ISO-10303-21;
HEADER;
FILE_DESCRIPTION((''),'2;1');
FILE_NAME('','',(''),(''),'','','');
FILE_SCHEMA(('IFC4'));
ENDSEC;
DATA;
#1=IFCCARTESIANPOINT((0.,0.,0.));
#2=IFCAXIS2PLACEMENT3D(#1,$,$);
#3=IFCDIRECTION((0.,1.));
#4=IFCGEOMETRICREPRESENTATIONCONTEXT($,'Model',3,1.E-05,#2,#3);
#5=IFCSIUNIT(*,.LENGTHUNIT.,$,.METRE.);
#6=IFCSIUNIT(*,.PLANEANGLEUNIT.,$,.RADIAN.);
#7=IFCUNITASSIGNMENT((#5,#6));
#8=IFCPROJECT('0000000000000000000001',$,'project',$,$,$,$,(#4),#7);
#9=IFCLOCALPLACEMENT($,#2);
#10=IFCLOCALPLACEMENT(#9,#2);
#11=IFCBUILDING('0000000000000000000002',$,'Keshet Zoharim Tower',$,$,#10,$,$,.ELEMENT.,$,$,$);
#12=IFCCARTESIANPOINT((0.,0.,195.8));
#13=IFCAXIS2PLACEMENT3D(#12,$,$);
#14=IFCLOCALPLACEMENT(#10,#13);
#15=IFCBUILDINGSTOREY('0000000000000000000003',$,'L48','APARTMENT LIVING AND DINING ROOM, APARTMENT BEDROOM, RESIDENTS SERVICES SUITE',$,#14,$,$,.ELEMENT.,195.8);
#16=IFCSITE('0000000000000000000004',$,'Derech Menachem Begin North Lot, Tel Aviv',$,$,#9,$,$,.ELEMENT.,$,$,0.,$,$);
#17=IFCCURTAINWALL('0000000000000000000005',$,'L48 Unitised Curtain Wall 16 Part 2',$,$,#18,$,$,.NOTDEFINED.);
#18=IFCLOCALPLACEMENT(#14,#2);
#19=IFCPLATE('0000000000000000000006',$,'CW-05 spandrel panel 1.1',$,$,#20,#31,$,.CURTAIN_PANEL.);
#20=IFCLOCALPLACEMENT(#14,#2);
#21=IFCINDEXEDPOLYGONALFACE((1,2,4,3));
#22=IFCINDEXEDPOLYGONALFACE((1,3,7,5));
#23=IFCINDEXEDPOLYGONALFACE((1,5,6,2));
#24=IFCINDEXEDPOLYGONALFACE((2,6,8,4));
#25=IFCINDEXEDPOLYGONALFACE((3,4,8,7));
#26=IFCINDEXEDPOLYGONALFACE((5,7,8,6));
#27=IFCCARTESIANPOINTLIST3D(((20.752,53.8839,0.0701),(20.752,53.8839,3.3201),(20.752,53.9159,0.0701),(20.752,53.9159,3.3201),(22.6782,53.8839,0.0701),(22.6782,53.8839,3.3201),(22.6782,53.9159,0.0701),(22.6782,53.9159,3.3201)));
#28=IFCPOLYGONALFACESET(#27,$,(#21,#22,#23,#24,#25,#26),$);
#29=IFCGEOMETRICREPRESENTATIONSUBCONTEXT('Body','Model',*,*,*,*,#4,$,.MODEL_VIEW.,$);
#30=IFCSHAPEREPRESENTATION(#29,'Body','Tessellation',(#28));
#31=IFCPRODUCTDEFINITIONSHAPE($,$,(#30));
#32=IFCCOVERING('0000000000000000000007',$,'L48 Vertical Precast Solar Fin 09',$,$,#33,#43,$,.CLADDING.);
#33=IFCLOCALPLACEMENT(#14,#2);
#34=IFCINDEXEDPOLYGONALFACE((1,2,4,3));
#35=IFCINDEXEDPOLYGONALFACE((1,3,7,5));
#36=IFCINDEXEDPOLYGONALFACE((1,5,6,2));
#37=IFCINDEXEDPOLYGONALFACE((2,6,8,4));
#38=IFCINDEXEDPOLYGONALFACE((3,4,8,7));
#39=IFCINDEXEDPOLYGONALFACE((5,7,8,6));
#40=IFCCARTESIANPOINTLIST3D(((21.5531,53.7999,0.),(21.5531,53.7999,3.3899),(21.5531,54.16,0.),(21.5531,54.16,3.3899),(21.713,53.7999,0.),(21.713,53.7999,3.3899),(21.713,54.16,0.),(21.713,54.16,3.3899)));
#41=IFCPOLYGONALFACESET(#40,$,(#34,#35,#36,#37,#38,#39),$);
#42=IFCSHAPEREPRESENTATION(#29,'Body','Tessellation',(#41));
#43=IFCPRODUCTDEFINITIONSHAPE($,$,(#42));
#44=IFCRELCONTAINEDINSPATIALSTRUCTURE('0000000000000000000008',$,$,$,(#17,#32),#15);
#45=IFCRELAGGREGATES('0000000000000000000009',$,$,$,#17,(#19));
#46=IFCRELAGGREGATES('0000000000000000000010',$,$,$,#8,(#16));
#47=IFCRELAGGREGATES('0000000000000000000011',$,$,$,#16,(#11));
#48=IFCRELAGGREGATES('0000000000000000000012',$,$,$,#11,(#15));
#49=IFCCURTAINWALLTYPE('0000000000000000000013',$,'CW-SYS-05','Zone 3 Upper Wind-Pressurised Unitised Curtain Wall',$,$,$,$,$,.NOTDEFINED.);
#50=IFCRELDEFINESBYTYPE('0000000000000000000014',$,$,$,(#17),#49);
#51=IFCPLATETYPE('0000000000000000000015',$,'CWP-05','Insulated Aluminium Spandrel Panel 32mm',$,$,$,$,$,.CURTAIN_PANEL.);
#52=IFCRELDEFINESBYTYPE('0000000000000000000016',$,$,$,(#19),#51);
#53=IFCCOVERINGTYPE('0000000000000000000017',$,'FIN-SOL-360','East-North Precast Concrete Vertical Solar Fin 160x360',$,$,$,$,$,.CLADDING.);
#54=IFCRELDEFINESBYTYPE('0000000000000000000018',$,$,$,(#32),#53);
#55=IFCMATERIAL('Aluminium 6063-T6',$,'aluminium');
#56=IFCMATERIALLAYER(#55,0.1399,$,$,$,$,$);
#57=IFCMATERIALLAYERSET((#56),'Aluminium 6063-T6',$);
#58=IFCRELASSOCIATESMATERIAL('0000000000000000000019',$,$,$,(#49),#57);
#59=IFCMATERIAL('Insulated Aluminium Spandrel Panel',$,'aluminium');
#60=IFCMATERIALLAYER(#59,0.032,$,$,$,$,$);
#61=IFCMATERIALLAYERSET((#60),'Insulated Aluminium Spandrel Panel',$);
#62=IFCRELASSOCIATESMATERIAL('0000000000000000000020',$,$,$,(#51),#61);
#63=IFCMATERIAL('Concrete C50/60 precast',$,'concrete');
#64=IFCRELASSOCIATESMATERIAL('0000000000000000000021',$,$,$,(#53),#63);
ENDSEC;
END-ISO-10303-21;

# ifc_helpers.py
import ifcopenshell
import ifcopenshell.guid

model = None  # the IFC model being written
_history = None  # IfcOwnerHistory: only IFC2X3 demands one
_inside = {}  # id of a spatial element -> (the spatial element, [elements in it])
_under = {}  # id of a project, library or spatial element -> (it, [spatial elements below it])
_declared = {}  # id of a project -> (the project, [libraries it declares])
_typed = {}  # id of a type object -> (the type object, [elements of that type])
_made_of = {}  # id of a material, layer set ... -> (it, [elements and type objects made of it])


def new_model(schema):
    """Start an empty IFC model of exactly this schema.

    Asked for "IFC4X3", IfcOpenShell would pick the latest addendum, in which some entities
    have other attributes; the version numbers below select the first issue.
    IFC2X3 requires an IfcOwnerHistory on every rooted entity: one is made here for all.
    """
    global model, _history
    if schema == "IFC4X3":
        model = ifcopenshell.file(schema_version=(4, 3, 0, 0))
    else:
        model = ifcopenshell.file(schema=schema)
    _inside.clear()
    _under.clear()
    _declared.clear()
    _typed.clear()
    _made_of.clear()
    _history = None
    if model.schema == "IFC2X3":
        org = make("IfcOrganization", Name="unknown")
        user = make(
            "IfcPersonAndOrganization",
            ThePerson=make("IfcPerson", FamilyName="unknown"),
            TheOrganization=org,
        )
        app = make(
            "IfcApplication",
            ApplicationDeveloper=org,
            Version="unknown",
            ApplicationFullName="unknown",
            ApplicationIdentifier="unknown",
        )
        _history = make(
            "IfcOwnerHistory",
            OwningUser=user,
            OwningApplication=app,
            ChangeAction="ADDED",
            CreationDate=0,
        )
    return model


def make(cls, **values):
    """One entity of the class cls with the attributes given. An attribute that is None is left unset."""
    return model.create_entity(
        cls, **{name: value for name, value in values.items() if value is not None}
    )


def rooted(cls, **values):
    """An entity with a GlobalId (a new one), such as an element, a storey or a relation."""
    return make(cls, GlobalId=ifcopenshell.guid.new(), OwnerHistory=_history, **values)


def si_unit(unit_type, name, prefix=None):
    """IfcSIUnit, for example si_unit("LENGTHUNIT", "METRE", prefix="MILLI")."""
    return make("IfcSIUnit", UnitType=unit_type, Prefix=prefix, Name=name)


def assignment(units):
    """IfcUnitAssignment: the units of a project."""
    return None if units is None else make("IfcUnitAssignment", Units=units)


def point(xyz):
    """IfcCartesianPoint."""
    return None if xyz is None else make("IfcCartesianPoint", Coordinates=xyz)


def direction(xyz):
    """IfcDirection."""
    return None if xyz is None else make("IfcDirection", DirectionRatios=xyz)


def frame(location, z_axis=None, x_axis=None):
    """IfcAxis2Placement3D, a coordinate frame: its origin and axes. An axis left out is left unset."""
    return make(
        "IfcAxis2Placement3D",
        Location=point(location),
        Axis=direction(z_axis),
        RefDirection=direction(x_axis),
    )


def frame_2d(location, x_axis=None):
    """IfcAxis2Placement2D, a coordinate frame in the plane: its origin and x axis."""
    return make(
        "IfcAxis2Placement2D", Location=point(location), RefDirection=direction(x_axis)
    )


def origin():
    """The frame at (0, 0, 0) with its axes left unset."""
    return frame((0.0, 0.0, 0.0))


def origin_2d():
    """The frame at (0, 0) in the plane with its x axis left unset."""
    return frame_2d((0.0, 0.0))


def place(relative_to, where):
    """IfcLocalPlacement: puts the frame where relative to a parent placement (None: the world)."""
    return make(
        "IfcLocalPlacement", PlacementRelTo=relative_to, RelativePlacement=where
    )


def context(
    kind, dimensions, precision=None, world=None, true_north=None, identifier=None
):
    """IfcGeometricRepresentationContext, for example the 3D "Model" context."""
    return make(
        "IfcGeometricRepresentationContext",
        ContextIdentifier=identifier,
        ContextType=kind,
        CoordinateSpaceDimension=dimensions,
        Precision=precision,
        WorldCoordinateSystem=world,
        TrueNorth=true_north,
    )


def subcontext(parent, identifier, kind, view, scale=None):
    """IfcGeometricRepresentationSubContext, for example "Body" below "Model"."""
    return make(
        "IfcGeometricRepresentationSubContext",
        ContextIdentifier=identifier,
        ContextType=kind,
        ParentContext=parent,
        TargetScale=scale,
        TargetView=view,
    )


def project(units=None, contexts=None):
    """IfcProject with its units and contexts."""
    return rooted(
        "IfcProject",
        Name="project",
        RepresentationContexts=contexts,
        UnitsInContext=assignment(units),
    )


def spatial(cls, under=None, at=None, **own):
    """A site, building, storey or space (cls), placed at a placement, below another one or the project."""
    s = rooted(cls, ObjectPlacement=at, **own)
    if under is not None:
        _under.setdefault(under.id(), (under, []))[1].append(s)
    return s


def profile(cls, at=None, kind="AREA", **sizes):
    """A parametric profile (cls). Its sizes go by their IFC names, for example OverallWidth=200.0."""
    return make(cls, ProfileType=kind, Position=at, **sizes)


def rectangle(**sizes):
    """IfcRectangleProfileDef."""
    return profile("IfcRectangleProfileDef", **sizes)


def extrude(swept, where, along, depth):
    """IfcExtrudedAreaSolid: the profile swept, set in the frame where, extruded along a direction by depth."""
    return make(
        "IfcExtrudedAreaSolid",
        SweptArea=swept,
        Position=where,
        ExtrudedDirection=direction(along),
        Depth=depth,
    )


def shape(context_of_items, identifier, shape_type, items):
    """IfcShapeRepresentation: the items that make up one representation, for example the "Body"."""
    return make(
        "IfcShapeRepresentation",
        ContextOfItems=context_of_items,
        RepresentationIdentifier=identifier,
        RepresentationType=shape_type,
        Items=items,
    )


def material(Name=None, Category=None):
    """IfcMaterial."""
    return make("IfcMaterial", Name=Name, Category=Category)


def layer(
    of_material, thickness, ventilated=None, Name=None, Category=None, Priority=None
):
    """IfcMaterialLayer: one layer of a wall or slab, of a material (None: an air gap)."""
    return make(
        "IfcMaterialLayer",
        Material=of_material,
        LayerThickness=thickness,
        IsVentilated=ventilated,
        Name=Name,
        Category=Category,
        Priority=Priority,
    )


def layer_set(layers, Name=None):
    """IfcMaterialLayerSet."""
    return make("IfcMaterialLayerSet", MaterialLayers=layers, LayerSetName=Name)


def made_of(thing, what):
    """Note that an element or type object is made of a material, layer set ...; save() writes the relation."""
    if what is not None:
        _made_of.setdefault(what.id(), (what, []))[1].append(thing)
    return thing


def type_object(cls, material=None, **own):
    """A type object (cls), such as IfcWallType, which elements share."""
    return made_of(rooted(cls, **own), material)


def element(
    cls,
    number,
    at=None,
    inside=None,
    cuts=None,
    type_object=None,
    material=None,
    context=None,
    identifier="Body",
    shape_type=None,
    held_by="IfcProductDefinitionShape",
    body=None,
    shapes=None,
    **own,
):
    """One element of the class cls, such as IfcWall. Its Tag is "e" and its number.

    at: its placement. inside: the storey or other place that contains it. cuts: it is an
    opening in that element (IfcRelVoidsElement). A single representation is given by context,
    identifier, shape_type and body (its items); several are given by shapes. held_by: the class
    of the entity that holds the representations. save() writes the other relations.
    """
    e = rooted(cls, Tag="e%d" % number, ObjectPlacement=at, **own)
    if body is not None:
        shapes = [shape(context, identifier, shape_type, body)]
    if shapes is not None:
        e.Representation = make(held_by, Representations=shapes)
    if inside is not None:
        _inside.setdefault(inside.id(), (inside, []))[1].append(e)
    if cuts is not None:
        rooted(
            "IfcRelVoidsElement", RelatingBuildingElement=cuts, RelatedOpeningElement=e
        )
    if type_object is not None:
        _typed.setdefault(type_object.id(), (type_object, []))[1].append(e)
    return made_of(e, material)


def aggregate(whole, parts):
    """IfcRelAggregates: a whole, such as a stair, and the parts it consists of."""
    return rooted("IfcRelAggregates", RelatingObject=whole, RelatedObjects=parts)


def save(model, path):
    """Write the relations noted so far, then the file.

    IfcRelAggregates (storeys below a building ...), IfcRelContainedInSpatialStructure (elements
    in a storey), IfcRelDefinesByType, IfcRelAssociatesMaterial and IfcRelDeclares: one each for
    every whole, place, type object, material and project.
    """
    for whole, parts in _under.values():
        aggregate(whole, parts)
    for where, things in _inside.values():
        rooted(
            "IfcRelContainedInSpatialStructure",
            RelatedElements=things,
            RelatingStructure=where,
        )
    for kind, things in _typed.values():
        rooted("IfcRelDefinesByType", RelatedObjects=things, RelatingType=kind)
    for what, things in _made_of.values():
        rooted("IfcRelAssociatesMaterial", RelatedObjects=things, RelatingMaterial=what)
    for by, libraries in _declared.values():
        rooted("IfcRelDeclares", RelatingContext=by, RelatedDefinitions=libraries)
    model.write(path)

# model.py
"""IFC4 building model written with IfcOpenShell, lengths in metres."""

from ifc_helpers import new_model, si_unit, direction, frame, origin, origin_2d, place, context, subcontext, project, spatial, rectangle, extrude, material, layer, layer_set, type_object, element, aggregate, save


model = new_model("IFC4")

# Units and contexts
model_context = context("Model", 3, precision=1e-05, world=origin(), true_north=direction((0.0, 1.0)))
body_context = subcontext(model_context, "Body", "Model", "MODEL_VIEW")
ifc_project = project(units=[si_unit("LENGTHUNIT", "METRE"), si_unit("PLANEANGLEUNIT", "RADIAN")], contexts=[model_context])

# Site, building, storey
site_placement = place(None, origin())
site = spatial("IfcSite", under=ifc_project, at=site_placement, Name="Derech Menachem Begin North Lot, Tel Aviv", CompositionType="ELEMENT", RefElevation=0.0)
building_placement = place(site_placement, origin())
building = spatial("IfcBuilding", under=site, at=building_placement, Name="Keshet Zoharim Tower", CompositionType="ELEMENT")
storey_placement = place(building_placement, frame((0.0, 0.0, 195.8)))
storey = spatial("IfcBuildingStorey", under=building, at=storey_placement, Name="L48", Description="APARTMENT LIVING AND DINING ROOM, APARTMENT BEDROOM, RESIDENTS SERVICES SUITE", CompositionType="ELEMENT", Elevation=195.8)

# Shared definitions
ifc_material_1 = material(Name="Aluminium 6063-T6", Category="aluminium")
ifc_layer_1 = layer(ifc_material_1, 0.1399)
ifc_layer_set_1 = layer_set([ifc_layer_1], Name="Aluminium 6063-T6")
curtain_wall_type = type_object("IfcCurtainWallType", Name="CW-SYS-05", Description="Zone 3 Upper Wind-Pressurised Unitised Curtain Wall", PredefinedType="NOTDEFINED", material=ifc_layer_set_1)

# Curtain wall
curtain_wall_1_placement = place(storey_placement, origin())
curtain_wall_1 = element("IfcCurtainWall", 1, at=curtain_wall_1_placement, inside=storey, type_object=curtain_wall_type, Name="L48 Unitised Curtain Wall 16 Part 2", PredefinedType="NOTDEFINED")

# Plate
ifc_material_2 = material(Name="Insulated Aluminium Spandrel Panel", Category="aluminium")
ifc_layer_2 = layer(ifc_material_2, 0.032)
ifc_layer_set_2 = layer_set([ifc_layer_2], Name="Insulated Aluminium Spandrel Panel")
plate_type_1 = type_object("IfcPlateType", Name="CWP-05", Description="Insulated Aluminium Spandrel Panel 32mm", PredefinedType="CURTAIN_PANEL", material=ifc_layer_set_2)
plate_1_placement = place(storey_placement, frame((21.7151, 53.8999, 0.0701), z_axis=(0.0, 0.0, 1.0), x_axis=(1.0, 0.0, 0.0)))
plate_1 = element("IfcPlate", 2, at=plate_1_placement, type_object=plate_type_1, Name="CW-05 spandrel panel 1.1", PredefinedType="CURTAIN_PANEL", context=body_context, shape_type="SweptSolid", body=[
    extrude(rectangle(XDim=1.9263, YDim=0.032, at=origin_2d()), origin(), (0.0, 0.0, 1.0), 3.25),
])
aggregate(curtain_wall_1, [plate_1])

# Covering
ifc_material_3 = material(Name="Concrete C50/60 precast", Category="concrete")
covering_type = type_object("IfcCoveringType", Name="FIN-SOL-360", Description="East-North Precast Concrete Vertical Solar Fin 160x360", PredefinedType="CLADDING", material=ifc_material_3)
covering_placement = place(storey_placement, frame((21.6331, 53.98, 0.0), z_axis=(0.0, 0.0, 1.0), x_axis=(1.0, 0.0, 0.0)))
element("IfcCovering", 3, at=covering_placement, inside=storey, type_object=covering_type, Name="L48 Vertical Precast Solar Fin 09", PredefinedType="CLADDING", context=body_context, shape_type="SweptSolid", body=[
    extrude(rectangle(XDim=0.1599, YDim=0.3601, at=origin_2d()), origin(), (0.0, 0.0, 1.0), 3.3899),
])

save(model, "model.ifc")
